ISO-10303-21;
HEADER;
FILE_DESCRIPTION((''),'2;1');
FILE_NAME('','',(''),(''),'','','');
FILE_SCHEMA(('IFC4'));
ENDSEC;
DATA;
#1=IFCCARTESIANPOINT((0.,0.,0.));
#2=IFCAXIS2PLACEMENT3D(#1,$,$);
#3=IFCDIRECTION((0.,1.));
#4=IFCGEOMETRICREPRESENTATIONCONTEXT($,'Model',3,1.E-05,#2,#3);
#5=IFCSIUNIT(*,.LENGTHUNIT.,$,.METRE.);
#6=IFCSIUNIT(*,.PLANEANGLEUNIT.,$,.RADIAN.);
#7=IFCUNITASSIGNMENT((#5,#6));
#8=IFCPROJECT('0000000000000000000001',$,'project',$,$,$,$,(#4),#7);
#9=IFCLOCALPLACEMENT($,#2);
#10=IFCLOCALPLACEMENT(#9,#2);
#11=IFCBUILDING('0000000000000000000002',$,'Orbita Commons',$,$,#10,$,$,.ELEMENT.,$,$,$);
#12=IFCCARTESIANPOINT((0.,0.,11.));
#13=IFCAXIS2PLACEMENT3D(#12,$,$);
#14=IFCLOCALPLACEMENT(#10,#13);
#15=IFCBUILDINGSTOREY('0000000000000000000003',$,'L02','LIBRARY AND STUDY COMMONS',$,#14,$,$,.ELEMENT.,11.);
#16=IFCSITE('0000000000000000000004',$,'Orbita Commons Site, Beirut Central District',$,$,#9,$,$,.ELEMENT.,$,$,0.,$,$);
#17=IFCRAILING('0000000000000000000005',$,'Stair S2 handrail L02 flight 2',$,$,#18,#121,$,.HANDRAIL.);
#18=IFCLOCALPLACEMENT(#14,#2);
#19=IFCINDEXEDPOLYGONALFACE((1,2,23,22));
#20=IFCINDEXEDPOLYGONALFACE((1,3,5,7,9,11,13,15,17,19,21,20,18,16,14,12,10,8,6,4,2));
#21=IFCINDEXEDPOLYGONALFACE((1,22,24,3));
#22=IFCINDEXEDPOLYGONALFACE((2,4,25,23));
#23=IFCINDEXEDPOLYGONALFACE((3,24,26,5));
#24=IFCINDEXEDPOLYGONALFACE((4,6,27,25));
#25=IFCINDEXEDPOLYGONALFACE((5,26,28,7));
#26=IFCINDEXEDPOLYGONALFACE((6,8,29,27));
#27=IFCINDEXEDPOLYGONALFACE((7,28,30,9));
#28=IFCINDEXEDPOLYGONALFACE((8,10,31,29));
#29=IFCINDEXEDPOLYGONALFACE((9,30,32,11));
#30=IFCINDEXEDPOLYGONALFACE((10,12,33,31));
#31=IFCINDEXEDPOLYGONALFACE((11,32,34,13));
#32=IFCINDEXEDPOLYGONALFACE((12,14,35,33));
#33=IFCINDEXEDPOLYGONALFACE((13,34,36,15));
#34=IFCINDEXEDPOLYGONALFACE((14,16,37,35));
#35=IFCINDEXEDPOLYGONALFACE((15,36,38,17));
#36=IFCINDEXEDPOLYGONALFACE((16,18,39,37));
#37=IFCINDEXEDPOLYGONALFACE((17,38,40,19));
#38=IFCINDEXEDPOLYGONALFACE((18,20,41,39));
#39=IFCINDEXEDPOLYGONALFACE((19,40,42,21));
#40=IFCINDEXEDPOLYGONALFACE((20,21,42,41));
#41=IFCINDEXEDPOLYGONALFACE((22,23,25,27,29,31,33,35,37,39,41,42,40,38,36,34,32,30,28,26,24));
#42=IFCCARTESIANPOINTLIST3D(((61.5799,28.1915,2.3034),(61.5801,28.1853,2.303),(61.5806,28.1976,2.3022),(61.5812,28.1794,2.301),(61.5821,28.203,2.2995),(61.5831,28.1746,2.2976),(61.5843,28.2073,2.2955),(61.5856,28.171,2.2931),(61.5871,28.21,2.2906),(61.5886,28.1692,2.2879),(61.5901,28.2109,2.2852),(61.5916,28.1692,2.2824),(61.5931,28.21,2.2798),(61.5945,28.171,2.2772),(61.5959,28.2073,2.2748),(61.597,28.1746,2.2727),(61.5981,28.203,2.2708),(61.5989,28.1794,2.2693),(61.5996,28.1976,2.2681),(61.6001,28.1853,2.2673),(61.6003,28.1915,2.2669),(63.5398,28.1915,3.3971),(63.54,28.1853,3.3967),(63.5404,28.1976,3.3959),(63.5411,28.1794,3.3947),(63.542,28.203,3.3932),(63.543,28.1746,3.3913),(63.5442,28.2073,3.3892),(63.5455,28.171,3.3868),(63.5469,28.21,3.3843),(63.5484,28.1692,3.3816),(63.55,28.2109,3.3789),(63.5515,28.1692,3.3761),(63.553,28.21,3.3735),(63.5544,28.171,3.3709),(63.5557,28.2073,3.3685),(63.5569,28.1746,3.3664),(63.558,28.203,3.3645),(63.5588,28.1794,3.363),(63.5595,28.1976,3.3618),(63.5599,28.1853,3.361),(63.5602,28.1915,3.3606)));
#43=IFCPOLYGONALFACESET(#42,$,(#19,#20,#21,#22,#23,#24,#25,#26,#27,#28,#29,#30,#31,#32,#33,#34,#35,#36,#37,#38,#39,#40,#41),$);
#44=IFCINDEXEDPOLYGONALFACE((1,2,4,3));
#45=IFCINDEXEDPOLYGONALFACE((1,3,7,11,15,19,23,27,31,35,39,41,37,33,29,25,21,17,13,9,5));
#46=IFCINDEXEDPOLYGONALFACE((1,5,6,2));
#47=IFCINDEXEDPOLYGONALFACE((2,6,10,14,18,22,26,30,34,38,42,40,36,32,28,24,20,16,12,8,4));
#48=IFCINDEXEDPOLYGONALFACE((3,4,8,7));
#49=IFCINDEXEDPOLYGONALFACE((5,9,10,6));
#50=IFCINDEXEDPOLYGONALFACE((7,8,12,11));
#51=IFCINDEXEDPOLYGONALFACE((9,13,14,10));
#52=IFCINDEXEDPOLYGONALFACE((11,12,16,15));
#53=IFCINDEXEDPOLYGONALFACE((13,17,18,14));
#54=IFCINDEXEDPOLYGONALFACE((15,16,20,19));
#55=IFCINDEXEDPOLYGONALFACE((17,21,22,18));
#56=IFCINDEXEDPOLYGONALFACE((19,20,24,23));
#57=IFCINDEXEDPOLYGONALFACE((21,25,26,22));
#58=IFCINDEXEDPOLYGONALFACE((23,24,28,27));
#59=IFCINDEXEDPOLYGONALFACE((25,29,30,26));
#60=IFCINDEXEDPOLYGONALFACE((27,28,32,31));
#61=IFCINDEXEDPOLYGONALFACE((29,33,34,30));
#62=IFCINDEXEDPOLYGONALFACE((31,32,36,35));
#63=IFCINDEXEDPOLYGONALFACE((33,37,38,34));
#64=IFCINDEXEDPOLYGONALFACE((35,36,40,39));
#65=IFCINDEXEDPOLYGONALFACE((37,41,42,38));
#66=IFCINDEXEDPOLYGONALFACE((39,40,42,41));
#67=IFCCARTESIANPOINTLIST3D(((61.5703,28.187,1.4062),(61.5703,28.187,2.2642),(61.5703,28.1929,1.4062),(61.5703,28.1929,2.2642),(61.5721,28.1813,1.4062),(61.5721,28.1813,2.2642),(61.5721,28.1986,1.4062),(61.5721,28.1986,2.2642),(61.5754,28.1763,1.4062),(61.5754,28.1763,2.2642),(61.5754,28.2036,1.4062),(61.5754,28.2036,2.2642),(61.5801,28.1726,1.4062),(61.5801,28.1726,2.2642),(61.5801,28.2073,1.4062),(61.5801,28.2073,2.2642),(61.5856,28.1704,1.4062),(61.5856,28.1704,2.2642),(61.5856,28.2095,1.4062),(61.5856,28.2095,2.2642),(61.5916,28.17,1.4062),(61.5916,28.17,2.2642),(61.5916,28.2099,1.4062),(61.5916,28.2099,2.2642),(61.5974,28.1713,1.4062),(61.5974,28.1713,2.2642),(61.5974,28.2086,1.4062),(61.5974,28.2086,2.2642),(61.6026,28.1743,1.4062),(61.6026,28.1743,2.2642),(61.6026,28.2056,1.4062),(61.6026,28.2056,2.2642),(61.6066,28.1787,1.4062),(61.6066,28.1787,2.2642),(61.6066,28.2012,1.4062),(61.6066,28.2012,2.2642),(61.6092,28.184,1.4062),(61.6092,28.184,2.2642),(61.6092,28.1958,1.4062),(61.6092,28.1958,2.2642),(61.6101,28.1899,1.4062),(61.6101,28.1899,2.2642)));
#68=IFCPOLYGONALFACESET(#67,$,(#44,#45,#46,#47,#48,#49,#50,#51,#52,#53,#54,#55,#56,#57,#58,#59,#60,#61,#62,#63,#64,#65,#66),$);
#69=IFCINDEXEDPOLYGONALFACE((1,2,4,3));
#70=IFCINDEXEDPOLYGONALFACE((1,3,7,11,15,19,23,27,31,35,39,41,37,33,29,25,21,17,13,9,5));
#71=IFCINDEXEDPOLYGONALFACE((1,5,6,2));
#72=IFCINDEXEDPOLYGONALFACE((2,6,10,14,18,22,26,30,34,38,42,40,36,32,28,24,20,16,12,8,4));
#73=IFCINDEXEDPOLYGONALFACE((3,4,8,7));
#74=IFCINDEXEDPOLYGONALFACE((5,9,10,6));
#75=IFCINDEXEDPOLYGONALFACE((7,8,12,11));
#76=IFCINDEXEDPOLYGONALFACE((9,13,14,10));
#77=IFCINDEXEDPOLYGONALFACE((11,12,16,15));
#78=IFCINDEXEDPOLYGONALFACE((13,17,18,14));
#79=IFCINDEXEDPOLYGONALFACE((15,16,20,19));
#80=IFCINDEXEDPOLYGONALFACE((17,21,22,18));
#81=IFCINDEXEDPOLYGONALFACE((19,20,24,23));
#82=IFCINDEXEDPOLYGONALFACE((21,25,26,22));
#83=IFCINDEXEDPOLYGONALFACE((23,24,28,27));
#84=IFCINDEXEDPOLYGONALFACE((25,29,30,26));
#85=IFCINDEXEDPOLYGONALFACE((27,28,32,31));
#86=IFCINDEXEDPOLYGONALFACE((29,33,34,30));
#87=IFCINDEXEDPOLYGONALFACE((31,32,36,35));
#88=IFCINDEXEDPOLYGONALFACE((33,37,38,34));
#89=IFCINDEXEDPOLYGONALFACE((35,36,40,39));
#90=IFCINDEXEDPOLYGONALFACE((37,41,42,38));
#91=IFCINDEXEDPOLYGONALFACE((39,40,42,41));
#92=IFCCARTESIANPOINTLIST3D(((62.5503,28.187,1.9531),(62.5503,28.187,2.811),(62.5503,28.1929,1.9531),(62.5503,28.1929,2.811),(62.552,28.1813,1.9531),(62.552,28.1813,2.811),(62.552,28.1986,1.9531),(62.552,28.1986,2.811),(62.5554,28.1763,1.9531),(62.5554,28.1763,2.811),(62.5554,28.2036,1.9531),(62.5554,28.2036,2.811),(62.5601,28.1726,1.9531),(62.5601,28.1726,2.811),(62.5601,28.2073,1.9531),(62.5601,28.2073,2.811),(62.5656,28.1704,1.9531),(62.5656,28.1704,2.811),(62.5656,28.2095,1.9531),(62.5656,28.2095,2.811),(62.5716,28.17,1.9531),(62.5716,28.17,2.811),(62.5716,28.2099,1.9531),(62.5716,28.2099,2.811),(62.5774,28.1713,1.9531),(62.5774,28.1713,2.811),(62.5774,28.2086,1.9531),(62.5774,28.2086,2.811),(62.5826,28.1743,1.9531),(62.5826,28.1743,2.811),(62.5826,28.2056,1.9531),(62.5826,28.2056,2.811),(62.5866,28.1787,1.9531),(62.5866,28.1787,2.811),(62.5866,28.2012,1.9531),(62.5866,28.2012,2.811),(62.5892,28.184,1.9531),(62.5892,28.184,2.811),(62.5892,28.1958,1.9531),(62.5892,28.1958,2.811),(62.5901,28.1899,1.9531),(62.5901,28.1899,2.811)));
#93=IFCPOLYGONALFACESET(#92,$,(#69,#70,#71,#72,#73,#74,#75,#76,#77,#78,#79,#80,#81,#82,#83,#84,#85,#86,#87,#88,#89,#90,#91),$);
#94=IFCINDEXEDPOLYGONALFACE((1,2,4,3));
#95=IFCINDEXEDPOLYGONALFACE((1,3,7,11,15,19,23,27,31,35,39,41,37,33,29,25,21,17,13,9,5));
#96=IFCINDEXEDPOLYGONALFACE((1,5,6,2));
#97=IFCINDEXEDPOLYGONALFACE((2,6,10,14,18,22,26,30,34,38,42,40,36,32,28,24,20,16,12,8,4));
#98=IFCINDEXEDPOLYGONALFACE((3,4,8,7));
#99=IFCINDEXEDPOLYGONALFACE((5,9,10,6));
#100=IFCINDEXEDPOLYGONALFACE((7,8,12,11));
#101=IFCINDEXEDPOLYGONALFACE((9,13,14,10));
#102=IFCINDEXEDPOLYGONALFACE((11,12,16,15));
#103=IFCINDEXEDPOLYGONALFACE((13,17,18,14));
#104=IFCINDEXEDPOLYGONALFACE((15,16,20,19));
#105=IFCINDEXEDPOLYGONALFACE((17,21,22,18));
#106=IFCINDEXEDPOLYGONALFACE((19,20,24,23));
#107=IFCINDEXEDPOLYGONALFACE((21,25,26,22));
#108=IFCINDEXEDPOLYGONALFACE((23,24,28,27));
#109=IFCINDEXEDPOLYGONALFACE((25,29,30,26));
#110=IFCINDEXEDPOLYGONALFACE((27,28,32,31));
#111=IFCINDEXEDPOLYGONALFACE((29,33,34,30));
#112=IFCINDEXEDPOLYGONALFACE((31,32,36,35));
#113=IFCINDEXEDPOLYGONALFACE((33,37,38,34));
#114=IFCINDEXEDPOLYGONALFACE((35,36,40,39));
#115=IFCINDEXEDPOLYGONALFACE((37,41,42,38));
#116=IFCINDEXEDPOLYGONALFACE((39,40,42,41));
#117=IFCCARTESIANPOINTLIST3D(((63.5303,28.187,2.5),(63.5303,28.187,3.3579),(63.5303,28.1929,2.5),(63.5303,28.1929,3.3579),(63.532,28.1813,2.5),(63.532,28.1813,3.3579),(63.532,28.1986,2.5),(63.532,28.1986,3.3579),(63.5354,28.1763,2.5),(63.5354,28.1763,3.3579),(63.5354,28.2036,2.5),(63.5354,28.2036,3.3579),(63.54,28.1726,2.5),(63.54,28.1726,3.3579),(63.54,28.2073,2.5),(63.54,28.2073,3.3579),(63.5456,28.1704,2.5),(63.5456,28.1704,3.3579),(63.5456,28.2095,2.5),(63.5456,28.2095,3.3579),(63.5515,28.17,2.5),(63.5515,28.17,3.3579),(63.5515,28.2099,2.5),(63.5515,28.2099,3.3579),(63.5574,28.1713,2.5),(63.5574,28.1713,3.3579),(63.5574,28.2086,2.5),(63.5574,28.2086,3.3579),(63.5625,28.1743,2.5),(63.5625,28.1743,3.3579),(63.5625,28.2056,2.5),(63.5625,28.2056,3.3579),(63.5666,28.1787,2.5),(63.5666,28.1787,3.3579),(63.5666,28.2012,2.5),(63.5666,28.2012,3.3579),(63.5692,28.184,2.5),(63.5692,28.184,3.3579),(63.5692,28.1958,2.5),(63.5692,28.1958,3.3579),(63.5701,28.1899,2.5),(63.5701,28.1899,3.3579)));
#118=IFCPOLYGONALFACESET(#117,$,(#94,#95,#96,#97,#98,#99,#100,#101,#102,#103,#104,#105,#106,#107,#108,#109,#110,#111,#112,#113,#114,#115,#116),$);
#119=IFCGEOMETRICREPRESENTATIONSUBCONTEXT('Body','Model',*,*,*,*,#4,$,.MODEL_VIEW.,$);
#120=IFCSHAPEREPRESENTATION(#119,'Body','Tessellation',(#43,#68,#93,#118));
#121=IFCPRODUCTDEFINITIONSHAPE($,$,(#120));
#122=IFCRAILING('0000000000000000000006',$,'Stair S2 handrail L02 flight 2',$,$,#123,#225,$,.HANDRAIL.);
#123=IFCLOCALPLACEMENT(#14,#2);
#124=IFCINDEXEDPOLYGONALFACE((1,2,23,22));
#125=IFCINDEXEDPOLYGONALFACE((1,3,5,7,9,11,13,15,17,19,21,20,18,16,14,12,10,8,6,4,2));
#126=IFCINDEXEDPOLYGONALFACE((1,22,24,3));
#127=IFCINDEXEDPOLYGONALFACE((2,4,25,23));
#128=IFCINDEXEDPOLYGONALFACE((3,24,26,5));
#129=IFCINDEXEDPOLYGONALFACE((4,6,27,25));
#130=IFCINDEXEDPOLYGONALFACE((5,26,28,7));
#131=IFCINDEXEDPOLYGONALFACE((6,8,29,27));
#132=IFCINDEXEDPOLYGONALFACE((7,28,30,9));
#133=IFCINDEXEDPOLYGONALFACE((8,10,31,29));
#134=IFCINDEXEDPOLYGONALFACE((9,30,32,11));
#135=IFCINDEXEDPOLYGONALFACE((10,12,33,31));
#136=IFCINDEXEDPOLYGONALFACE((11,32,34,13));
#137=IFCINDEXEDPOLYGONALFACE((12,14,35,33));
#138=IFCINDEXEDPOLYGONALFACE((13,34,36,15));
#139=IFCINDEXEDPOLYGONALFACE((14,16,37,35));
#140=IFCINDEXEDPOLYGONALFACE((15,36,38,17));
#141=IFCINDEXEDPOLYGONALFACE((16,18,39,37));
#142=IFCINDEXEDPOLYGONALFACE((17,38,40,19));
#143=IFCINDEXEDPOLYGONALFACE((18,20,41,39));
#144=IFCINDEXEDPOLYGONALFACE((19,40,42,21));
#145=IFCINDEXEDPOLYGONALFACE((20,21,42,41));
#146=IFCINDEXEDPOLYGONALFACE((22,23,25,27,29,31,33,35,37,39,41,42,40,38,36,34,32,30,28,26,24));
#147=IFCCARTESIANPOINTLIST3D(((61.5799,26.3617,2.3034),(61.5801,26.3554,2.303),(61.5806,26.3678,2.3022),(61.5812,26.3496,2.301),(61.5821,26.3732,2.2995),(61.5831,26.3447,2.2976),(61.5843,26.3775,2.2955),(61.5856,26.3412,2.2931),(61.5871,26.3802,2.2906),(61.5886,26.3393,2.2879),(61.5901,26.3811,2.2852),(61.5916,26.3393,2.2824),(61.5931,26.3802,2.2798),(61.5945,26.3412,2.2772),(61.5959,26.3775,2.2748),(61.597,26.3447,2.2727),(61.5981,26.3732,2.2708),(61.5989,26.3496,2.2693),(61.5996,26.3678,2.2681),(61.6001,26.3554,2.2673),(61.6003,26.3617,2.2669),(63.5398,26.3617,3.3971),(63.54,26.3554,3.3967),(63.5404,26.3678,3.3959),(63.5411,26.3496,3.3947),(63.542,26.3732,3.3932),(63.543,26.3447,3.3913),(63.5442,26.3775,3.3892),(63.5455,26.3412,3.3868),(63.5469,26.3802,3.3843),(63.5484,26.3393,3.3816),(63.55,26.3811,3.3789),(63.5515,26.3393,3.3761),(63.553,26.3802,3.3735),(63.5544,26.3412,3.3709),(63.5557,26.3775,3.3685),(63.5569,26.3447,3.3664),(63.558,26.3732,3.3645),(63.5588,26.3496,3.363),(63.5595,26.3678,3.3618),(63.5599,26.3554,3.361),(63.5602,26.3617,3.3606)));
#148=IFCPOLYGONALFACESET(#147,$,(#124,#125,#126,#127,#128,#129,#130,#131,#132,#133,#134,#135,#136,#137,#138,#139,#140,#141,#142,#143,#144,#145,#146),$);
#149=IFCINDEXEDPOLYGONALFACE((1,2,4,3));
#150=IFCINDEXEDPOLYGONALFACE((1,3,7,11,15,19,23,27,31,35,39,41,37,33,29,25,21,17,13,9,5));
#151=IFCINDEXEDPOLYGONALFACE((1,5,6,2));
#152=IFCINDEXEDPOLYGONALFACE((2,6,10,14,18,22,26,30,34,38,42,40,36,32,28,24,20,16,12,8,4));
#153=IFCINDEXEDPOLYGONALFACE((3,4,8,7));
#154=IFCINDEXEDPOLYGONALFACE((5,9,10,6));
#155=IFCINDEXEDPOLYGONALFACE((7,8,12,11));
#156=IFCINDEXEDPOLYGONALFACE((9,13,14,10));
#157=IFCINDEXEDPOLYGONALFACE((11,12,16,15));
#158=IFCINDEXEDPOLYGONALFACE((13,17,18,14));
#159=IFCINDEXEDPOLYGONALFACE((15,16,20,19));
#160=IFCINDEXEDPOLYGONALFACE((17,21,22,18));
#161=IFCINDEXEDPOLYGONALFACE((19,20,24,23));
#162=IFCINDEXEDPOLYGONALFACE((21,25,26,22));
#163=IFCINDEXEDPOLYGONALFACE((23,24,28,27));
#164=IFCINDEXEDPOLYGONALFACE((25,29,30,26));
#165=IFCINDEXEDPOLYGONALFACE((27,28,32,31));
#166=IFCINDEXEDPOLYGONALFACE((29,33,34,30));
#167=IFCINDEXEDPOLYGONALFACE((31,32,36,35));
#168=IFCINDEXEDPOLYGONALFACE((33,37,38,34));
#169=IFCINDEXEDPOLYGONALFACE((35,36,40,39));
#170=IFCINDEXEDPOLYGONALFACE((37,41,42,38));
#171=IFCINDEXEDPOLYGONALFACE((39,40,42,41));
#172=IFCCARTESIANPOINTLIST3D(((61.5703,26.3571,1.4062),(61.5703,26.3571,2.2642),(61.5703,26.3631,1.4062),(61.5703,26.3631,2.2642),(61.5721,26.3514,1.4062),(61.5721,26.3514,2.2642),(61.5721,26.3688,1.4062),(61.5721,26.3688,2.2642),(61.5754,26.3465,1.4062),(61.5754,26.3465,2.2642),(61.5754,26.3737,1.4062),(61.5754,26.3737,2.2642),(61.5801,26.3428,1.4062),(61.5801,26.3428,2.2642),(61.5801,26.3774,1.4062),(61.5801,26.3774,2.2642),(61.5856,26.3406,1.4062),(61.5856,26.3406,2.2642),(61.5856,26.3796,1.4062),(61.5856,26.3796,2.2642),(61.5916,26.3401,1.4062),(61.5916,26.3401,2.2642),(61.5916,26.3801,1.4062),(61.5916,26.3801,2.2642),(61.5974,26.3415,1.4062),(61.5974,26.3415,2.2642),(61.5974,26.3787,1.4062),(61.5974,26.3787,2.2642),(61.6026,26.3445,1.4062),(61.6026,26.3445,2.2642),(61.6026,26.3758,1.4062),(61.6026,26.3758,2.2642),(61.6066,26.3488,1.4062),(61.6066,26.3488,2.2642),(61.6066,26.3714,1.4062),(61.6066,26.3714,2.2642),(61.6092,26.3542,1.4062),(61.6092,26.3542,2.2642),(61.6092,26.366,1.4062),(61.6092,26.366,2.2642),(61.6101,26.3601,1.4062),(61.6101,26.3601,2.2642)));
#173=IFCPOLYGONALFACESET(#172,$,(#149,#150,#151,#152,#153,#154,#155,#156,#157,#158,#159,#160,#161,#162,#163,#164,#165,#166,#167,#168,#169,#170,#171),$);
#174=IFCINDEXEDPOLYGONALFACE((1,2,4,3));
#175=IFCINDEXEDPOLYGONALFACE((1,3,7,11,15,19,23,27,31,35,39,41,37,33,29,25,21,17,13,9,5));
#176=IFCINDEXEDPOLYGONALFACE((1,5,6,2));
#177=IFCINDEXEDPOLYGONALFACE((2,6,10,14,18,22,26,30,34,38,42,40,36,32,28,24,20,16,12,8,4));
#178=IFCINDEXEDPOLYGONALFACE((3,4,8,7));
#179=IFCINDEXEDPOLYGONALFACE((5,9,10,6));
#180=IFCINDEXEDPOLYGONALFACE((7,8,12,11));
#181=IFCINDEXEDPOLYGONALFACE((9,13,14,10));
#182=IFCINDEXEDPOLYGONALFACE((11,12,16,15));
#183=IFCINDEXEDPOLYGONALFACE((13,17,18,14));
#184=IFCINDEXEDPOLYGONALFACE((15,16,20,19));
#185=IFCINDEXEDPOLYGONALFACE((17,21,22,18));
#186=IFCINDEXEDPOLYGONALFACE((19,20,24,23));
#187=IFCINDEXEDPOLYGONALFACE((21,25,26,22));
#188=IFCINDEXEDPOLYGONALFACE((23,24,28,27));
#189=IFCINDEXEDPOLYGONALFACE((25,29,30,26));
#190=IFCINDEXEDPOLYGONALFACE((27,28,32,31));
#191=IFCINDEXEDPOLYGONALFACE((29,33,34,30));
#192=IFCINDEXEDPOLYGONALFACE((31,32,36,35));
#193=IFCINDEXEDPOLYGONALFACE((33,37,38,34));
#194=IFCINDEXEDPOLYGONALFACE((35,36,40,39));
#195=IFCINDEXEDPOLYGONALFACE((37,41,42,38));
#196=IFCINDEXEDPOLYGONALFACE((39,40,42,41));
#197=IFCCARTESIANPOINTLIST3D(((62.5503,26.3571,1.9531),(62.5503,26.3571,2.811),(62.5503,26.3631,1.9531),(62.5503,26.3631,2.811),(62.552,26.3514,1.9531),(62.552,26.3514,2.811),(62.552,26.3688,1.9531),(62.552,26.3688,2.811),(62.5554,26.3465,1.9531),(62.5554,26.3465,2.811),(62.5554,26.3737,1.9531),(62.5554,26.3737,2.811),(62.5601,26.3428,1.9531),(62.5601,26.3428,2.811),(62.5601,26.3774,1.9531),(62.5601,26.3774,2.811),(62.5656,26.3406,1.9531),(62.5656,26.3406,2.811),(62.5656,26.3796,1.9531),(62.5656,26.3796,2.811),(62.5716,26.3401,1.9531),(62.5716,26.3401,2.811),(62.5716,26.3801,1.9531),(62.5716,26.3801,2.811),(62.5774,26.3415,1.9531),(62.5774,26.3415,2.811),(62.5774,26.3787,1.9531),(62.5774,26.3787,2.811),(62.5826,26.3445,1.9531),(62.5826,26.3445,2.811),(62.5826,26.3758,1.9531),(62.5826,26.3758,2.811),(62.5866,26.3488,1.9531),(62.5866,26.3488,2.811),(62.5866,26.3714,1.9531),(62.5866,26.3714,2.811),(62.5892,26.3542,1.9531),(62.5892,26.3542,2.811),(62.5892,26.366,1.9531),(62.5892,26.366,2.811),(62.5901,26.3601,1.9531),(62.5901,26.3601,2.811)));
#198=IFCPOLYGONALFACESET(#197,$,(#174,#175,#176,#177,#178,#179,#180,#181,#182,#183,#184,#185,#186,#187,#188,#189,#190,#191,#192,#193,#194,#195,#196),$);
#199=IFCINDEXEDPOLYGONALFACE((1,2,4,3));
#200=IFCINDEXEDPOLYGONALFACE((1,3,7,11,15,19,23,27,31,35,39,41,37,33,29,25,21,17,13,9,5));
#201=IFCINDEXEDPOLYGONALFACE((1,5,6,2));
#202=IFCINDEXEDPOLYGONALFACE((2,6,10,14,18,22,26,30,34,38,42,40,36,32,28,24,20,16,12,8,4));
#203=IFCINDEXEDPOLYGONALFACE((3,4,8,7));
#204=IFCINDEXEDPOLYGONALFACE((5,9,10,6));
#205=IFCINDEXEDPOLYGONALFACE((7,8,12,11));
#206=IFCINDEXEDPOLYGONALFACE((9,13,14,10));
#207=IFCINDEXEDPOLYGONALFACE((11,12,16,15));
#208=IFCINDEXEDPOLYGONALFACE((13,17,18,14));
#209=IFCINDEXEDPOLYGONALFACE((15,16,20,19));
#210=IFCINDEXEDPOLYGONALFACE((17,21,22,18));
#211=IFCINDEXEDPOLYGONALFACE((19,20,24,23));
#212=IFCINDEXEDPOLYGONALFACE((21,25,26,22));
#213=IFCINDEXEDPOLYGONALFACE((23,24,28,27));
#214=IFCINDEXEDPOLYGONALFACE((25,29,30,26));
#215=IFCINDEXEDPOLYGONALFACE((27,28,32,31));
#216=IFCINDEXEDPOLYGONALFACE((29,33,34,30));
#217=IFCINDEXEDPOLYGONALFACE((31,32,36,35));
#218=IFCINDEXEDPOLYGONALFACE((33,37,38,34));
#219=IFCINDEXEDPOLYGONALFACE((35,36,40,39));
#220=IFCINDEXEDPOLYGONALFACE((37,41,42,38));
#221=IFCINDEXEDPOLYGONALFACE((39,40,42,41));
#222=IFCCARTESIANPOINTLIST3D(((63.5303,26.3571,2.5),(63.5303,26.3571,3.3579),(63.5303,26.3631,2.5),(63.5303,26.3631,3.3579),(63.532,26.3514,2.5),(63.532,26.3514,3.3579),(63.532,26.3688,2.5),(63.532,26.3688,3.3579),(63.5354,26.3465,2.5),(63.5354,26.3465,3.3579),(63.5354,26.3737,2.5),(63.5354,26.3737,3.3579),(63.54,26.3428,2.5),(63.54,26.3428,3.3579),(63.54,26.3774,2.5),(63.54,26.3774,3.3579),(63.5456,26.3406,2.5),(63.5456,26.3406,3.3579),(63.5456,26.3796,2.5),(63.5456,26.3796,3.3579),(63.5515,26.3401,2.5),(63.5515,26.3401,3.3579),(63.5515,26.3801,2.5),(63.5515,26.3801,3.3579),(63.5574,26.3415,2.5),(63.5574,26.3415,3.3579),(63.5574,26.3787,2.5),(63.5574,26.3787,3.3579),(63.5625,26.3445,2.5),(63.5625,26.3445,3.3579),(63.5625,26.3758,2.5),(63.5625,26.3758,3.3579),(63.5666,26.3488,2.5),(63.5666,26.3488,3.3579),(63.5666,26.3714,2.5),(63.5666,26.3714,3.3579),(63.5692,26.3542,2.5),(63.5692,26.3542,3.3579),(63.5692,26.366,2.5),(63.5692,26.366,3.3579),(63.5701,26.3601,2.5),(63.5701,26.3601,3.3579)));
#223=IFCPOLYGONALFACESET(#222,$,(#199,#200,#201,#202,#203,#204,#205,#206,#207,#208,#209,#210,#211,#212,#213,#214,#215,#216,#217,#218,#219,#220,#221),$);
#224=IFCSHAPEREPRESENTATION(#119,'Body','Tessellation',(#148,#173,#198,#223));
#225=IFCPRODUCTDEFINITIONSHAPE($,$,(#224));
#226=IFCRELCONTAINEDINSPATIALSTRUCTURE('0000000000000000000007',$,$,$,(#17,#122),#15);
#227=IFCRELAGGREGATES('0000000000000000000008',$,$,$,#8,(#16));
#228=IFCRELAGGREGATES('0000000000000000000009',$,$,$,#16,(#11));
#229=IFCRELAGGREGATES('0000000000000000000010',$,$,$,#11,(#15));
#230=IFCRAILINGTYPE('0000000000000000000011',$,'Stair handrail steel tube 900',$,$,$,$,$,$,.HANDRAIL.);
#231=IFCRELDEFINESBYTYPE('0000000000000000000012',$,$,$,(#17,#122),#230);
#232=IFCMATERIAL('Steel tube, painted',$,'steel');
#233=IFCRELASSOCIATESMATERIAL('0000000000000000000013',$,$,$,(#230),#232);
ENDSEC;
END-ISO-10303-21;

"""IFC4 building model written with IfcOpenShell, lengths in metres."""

from ifc_helpers import new_model, si_unit, direction, frame, origin, origin_2d, place, context, subcontext, project, spatial, circle, extrude, material, type_object, element, save


model = new_model("IFC4")

# Units and contexts
model_context = context("Model", 3, precision=1e-05, world=origin(), true_north=direction((0.0, 1.0)))
body_context = subcontext(model_context, "Body", "Model", "MODEL_VIEW")
ifc_project = project(units=[si_unit("LENGTHUNIT", "METRE"), si_unit("PLANEANGLEUNIT", "RADIAN")], contexts=[model_context])

# Site, building, storey
site_placement = place(None, origin())
site = spatial("IfcSite", under=ifc_project, at=site_placement, Name="Orbita Commons Site, Beirut Central District", CompositionType="ELEMENT", RefElevation=0.0)
building_placement = place(site_placement, origin())
building = spatial("IfcBuilding", under=site, at=building_placement, Name="Orbita Commons", CompositionType="ELEMENT")
storey_placement = place(building_placement, frame((0.0, 0.0, 11.0)))
storey = spatial("IfcBuildingStorey", under=building, at=storey_placement, Name="L02", Description="LIBRARY AND STUDY COMMONS", CompositionType="ELEMENT", Elevation=11.0)

# Railings
ifc_material_1 = material(Name="Steel tube, painted", Category="steel")
railing_type = type_object("IfcRailingType", Name="Stair handrail steel tube 900", PredefinedType="HANDRAIL", material=ifc_material_1)
for number, where, name in (
    (1, (61.5901, 28.1899, 1.4062), "Stair S2 handrail L02 flight 2"),
    (2, (61.5901, 26.3601, 1.4062), "Stair S2 handrail L02 flight 2"),
):
    element("IfcRailing", number, at=place(storey_placement, frame(where)), inside=storey, type_object=railing_type, Name=name, PredefinedType="HANDRAIL", context=body_context, shape_type="SweptSolid", body=[
        extrude(circle(Radius=0.021, at=origin_2d()), frame((0.0, 0.0, 0.8789), z_axis=(0.873232, 0.0, 0.487304), x_axis=(0.0, 1.0, 0.0)), (0.0, 0.0, 1.0), 2.2444),
        extrude(circle(Radius=0.02, at=origin_2d()), origin(), (0.0, 0.0, 1.0), 0.8579),
        extrude(circle(Radius=0.02, at=origin_2d()), frame((0.98, 0.0, 0.5469)), (0.0, 0.0, 1.0), 0.8579),
        extrude(circle(Radius=0.02, at=origin_2d()), frame((1.96, 0.0, 1.0938)), (0.0, 0.0, 1.0), 0.8579),
    ])

save(model, "model.ifc")
